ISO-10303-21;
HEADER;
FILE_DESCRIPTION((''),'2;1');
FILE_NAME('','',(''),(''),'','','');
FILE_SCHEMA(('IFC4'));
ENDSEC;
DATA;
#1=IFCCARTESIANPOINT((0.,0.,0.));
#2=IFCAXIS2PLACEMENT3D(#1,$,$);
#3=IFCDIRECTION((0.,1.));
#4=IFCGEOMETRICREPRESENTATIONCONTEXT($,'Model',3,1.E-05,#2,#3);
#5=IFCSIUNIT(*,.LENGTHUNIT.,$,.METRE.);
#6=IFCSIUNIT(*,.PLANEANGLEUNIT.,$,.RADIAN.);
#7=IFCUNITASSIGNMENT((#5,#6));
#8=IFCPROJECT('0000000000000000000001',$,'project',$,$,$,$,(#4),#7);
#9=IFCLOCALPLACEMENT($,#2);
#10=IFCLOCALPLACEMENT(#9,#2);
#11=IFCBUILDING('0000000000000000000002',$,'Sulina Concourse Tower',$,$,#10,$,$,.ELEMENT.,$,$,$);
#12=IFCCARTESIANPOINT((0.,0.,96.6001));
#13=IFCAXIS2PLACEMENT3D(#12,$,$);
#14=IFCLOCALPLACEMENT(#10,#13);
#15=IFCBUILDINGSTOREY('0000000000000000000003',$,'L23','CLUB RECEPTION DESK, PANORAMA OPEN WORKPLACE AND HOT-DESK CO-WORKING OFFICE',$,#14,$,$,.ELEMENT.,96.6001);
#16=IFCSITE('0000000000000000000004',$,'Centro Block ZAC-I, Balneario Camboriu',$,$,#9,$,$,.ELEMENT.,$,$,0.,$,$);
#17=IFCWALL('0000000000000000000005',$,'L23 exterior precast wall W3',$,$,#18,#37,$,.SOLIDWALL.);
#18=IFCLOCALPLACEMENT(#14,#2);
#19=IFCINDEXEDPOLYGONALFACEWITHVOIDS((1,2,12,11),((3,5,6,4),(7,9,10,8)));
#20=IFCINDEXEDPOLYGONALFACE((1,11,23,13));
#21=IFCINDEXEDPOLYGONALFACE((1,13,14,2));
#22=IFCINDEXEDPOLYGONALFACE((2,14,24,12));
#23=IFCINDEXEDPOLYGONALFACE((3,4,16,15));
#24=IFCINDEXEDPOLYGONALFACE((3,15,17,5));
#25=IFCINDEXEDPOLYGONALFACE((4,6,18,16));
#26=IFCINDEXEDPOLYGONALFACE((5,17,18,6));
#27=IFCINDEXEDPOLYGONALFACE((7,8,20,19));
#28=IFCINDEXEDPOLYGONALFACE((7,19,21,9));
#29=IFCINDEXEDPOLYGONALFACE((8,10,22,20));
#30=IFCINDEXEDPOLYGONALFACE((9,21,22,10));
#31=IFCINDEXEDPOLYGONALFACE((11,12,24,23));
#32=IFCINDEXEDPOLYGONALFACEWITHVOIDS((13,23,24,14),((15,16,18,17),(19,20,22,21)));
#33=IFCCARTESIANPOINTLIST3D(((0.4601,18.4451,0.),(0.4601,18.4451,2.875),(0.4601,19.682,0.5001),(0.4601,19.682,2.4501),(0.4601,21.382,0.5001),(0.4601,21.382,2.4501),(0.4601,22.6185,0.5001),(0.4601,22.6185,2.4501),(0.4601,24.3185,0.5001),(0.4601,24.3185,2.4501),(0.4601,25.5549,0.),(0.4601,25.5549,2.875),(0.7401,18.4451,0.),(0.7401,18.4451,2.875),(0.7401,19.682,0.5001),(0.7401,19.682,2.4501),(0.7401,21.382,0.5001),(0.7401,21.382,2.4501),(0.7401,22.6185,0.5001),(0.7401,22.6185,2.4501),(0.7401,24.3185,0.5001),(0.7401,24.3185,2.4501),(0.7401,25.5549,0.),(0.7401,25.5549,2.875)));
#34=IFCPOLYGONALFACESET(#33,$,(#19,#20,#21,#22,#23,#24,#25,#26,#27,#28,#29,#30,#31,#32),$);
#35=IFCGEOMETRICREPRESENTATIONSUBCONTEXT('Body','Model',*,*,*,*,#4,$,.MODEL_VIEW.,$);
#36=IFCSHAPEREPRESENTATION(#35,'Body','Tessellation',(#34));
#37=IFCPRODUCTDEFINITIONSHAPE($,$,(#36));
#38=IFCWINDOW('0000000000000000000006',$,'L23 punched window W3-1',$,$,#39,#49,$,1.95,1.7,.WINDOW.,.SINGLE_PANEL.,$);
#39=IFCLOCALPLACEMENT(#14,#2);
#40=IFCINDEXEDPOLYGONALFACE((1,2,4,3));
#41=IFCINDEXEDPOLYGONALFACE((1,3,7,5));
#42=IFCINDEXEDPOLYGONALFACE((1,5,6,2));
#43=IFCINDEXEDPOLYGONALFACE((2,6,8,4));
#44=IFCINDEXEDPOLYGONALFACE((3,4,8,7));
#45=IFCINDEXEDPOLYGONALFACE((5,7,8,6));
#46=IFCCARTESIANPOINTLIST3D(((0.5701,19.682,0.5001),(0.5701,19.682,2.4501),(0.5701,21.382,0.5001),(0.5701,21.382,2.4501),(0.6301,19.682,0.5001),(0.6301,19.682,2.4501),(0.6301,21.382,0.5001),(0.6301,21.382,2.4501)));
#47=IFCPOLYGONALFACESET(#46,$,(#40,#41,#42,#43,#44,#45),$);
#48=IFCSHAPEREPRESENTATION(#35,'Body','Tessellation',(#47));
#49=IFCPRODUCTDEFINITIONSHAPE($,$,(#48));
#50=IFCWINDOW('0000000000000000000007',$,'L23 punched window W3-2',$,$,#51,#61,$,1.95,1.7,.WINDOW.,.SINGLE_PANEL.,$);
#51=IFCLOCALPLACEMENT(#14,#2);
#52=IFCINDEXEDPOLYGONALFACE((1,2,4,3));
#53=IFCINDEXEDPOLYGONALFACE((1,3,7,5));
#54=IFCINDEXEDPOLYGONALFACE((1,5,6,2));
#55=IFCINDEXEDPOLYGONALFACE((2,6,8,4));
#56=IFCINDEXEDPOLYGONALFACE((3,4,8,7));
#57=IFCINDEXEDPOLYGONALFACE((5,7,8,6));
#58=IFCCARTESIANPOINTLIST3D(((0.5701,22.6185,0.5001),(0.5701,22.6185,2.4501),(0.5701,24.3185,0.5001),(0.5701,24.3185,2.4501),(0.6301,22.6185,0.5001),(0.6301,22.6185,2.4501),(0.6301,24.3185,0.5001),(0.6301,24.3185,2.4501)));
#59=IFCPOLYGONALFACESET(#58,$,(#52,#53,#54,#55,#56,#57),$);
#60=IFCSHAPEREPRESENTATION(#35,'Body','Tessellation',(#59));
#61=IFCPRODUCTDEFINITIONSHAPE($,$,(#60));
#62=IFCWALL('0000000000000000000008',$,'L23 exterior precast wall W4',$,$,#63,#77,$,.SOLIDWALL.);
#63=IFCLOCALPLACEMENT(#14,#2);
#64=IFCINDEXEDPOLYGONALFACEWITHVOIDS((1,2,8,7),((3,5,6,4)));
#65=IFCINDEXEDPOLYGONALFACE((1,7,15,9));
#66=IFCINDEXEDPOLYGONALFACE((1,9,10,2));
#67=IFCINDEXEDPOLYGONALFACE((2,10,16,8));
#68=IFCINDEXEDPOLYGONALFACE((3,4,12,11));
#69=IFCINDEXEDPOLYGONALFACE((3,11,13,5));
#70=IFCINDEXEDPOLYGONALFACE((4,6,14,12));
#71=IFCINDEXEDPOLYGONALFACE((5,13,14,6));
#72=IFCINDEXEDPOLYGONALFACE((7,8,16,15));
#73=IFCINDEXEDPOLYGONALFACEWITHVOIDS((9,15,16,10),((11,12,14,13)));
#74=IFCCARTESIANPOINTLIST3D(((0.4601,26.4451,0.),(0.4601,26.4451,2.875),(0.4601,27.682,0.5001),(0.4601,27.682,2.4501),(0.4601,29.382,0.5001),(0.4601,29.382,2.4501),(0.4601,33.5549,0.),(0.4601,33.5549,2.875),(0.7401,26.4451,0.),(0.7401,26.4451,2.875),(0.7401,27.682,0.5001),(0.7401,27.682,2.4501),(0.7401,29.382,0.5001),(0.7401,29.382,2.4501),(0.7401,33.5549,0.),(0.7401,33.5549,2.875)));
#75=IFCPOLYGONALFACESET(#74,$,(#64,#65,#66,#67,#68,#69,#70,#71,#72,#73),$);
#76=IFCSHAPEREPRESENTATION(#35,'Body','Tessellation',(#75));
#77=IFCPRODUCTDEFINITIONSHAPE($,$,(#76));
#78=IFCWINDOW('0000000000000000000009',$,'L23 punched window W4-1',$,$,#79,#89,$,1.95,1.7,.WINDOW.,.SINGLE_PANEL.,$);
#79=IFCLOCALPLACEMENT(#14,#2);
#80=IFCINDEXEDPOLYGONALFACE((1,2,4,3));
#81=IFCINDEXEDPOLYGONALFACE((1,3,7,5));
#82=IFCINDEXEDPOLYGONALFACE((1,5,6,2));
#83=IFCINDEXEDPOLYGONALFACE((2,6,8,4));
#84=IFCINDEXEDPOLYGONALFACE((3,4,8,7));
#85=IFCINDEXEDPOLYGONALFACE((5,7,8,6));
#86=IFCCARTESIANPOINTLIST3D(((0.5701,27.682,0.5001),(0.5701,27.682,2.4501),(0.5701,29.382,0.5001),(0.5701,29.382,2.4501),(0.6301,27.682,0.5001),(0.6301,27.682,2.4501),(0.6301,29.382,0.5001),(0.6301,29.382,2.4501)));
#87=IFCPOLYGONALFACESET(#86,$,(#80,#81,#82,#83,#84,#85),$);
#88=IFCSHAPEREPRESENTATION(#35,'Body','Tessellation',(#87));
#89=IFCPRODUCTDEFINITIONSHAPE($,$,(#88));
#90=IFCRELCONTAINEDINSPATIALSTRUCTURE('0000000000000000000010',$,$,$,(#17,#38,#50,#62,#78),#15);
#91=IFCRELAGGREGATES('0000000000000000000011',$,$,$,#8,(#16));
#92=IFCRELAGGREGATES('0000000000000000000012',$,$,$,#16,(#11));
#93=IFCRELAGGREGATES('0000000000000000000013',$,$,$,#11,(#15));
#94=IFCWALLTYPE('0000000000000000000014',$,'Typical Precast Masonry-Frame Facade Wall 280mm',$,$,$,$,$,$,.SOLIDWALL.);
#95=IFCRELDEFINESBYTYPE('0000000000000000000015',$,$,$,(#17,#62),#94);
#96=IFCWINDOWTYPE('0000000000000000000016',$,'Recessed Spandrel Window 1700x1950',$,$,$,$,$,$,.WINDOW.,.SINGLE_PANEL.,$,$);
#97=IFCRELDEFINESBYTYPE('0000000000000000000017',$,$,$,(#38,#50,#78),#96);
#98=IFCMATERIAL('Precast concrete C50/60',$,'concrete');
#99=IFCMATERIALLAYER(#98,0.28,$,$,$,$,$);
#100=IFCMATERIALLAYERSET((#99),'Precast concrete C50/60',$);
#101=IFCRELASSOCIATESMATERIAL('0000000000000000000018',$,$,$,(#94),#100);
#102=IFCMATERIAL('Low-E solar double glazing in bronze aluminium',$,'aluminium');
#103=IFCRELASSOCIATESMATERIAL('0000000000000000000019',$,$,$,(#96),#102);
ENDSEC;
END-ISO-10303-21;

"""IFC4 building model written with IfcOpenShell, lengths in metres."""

from ifc_helpers import new_model, si_unit, direction, frame, frame_2d, origin, place, context, subcontext, project, spatial, rectangle, extrude, material, layer, layer_set, type_object, element, fill, save


model = new_model("IFC4")

# Units and contexts
model_context = context("Model", 3, precision=1e-05, world=origin(), true_north=direction((0.0, 1.0)))
body_context = subcontext(model_context, "Body", "Model", "MODEL_VIEW")
ifc_project = project(units=[si_unit("LENGTHUNIT", "METRE"), si_unit("PLANEANGLEUNIT", "RADIAN")], contexts=[model_context])

# Site, building, storey
site_placement = place(None, origin())
site = spatial("IfcSite", under=ifc_project, at=site_placement, Name="Centro Block ZAC-I, Balneario Camboriu", CompositionType="ELEMENT", RefElevation=0.0)
building_placement = place(site_placement, origin())
building = spatial("IfcBuilding", under=site, at=building_placement, Name="Sulina Concourse Tower", CompositionType="ELEMENT")
storey_placement = place(building_placement, frame((0.0, 0.0, 96.6001)))
storey = spatial("IfcBuildingStorey", under=building, at=storey_placement, Name="L23", Description="CLUB RECEPTION DESK, PANORAMA OPEN WORKPLACE AND HOT-DESK CO-WORKING OFFICE", CompositionType="ELEMENT", Elevation=96.6001)

# Wall, openings, windows
ifc_material_1 = material(Name="Precast concrete C50/60", Category="concrete")
ifc_layer_1 = layer(ifc_material_1, 0.28)
ifc_layer_set_1 = layer_set([ifc_layer_1], Name="Precast concrete C50/60")
wall_type_1 = type_object("IfcWallType", Name="Typical Precast Masonry-Frame Facade Wall 280mm", PredefinedType="SOLIDWALL", material=ifc_layer_set_1)
wall_1_placement = place(storey_placement, frame((0.6001, 18.4451, 0.0), z_axis=(0.0, 0.0, 1.0), x_axis=(0.0, 1.0, 0.0)))
wall_1 = element("IfcWall", 1, at=wall_1_placement, inside=storey, type_object=wall_type_1, Name="L23 exterior precast wall W3", PredefinedType="SOLIDWALL", context=body_context, shape_type="SweptSolid", body=[
    extrude(rectangle(XDim=7.1099, YDim=0.28, at=frame_2d((3.5549, 0.0))), origin(), (0.0, 0.0, 1.0), 2.875),
])
opening_1_placement = place(wall_1_placement, frame((1.2368, 0.0, 0.5)))
opening_1 = element("IfcOpeningElement", 2, at=opening_1_placement, cuts=wall_1, PredefinedType="OPENING", context=body_context, shape_type="SweptSolid", body=[
    extrude(rectangle(XDim=1.7, YDim=1.95, at=frame_2d((0.8501, 0.9751))), frame((0.0, 0.1499, 0.0), z_axis=(0.0, -1.0, 0.0), x_axis=(1.0, 0.0, 0.0)), (0.0, 0.0, 1.0), 0.3),
])
opening_2_placement = place(wall_1_placement, frame((4.1733, 0.0, 0.5)))
opening_2 = element("IfcOpeningElement", 3, at=opening_2_placement, cuts=wall_1, PredefinedType="OPENING", context=body_context, shape_type="SweptSolid", body=[
    extrude(rectangle(XDim=1.7, YDim=1.95, at=frame_2d((0.8501, 0.9751))), frame((0.0, 0.1499, 0.0), z_axis=(0.0, -1.0, 0.0), x_axis=(1.0, 0.0, 0.0)), (0.0, 0.0, 1.0), 0.3),
])
ifc_material_2 = material(Name="Low-E solar double glazing in bronze aluminium", Category="aluminium")
window_type = type_object("IfcWindowType", Name="Recessed Spandrel Window 1700x1950", PartitioningType="SINGLE_PANEL", PredefinedType="WINDOW", material=ifc_material_2)
window_1_placement = place(opening_1_placement, origin())
window_1 = element("IfcWindow", 4, at=window_1_placement, inside=storey, type_object=window_type, Name="L23 punched window W3-1", OverallHeight=1.95, OverallWidth=1.7, PartitioningType="SINGLE_PANEL", PredefinedType="WINDOW", context=body_context, shape_type="SweptSolid", body=[
    extrude(rectangle(XDim=1.7, YDim=1.95, at=frame_2d((0.8501, 0.9751))), frame((0.0, 0.03, 0.0), z_axis=(0.0, -1.0, 0.0), x_axis=(1.0, 0.0, 0.0)), (0.0, 0.0, 1.0), 0.0601),
])
fill(opening_1, window_1)
window_2_placement = place(opening_2_placement, origin())
window_2 = element("IfcWindow", 5, at=window_2_placement, inside=storey, type_object=window_type, Name="L23 punched window W3-2", OverallHeight=1.95, OverallWidth=1.7, PartitioningType="SINGLE_PANEL", PredefinedType="WINDOW", context=body_context, shape_type="SweptSolid", body=[
    extrude(rectangle(XDim=1.7, YDim=1.95, at=frame_2d((0.8501, 0.9751))), frame((0.0, 0.03, 0.0), z_axis=(0.0, -1.0, 0.0), x_axis=(1.0, 0.0, 0.0)), (0.0, 0.0, 1.0), 0.0601),
])
fill(opening_2, window_2)

# Wall, opening, window
wall_2_placement = place(storey_placement, frame((0.6001, 26.4451, 0.0), z_axis=(0.0, 0.0, 1.0), x_axis=(0.0, 1.0, 0.0)))
wall_2 = element("IfcWall", 6, at=wall_2_placement, inside=storey, type_object=wall_type_1, Name="L23 exterior precast wall W4", PredefinedType="SOLIDWALL", context=body_context, shape_type="SweptSolid", body=[
    extrude(rectangle(XDim=7.1099, YDim=0.28, at=frame_2d((3.5549, 0.0))), origin(), (0.0, 0.0, 1.0), 2.875),
])
opening_3_placement = place(wall_2_placement, frame((1.2368, 0.0, 0.5)))
opening_3 = element("IfcOpeningElement", 7, at=opening_3_placement, cuts=wall_2, PredefinedType="OPENING", context=body_context, shape_type="SweptSolid", body=[
    extrude(rectangle(XDim=1.7, YDim=1.95, at=frame_2d((0.8501, 0.9751))), frame((0.0, 0.1499, 0.0), z_axis=(0.0, -1.0, 0.0), x_axis=(1.0, 0.0, 0.0)), (0.0, 0.0, 1.0), 0.3),
])
window_3_placement = place(opening_3_placement, origin())
window_3 = element("IfcWindow", 8, at=window_3_placement, inside=storey, type_object=window_type, Name="L23 punched window W4-1", OverallHeight=1.95, OverallWidth=1.7, PartitioningType="SINGLE_PANEL", PredefinedType="WINDOW", context=body_context, shape_type="SweptSolid", body=[
    extrude(rectangle(XDim=1.7, YDim=1.95, at=frame_2d((0.8501, 0.9751))), frame((0.0, 0.03, 0.0), z_axis=(0.0, -1.0, 0.0), x_axis=(1.0, 0.0, 0.0)), (0.0, 0.0, 1.0), 0.0601),
])
fill(opening_3, window_3)

save(model, "model.ifc")
